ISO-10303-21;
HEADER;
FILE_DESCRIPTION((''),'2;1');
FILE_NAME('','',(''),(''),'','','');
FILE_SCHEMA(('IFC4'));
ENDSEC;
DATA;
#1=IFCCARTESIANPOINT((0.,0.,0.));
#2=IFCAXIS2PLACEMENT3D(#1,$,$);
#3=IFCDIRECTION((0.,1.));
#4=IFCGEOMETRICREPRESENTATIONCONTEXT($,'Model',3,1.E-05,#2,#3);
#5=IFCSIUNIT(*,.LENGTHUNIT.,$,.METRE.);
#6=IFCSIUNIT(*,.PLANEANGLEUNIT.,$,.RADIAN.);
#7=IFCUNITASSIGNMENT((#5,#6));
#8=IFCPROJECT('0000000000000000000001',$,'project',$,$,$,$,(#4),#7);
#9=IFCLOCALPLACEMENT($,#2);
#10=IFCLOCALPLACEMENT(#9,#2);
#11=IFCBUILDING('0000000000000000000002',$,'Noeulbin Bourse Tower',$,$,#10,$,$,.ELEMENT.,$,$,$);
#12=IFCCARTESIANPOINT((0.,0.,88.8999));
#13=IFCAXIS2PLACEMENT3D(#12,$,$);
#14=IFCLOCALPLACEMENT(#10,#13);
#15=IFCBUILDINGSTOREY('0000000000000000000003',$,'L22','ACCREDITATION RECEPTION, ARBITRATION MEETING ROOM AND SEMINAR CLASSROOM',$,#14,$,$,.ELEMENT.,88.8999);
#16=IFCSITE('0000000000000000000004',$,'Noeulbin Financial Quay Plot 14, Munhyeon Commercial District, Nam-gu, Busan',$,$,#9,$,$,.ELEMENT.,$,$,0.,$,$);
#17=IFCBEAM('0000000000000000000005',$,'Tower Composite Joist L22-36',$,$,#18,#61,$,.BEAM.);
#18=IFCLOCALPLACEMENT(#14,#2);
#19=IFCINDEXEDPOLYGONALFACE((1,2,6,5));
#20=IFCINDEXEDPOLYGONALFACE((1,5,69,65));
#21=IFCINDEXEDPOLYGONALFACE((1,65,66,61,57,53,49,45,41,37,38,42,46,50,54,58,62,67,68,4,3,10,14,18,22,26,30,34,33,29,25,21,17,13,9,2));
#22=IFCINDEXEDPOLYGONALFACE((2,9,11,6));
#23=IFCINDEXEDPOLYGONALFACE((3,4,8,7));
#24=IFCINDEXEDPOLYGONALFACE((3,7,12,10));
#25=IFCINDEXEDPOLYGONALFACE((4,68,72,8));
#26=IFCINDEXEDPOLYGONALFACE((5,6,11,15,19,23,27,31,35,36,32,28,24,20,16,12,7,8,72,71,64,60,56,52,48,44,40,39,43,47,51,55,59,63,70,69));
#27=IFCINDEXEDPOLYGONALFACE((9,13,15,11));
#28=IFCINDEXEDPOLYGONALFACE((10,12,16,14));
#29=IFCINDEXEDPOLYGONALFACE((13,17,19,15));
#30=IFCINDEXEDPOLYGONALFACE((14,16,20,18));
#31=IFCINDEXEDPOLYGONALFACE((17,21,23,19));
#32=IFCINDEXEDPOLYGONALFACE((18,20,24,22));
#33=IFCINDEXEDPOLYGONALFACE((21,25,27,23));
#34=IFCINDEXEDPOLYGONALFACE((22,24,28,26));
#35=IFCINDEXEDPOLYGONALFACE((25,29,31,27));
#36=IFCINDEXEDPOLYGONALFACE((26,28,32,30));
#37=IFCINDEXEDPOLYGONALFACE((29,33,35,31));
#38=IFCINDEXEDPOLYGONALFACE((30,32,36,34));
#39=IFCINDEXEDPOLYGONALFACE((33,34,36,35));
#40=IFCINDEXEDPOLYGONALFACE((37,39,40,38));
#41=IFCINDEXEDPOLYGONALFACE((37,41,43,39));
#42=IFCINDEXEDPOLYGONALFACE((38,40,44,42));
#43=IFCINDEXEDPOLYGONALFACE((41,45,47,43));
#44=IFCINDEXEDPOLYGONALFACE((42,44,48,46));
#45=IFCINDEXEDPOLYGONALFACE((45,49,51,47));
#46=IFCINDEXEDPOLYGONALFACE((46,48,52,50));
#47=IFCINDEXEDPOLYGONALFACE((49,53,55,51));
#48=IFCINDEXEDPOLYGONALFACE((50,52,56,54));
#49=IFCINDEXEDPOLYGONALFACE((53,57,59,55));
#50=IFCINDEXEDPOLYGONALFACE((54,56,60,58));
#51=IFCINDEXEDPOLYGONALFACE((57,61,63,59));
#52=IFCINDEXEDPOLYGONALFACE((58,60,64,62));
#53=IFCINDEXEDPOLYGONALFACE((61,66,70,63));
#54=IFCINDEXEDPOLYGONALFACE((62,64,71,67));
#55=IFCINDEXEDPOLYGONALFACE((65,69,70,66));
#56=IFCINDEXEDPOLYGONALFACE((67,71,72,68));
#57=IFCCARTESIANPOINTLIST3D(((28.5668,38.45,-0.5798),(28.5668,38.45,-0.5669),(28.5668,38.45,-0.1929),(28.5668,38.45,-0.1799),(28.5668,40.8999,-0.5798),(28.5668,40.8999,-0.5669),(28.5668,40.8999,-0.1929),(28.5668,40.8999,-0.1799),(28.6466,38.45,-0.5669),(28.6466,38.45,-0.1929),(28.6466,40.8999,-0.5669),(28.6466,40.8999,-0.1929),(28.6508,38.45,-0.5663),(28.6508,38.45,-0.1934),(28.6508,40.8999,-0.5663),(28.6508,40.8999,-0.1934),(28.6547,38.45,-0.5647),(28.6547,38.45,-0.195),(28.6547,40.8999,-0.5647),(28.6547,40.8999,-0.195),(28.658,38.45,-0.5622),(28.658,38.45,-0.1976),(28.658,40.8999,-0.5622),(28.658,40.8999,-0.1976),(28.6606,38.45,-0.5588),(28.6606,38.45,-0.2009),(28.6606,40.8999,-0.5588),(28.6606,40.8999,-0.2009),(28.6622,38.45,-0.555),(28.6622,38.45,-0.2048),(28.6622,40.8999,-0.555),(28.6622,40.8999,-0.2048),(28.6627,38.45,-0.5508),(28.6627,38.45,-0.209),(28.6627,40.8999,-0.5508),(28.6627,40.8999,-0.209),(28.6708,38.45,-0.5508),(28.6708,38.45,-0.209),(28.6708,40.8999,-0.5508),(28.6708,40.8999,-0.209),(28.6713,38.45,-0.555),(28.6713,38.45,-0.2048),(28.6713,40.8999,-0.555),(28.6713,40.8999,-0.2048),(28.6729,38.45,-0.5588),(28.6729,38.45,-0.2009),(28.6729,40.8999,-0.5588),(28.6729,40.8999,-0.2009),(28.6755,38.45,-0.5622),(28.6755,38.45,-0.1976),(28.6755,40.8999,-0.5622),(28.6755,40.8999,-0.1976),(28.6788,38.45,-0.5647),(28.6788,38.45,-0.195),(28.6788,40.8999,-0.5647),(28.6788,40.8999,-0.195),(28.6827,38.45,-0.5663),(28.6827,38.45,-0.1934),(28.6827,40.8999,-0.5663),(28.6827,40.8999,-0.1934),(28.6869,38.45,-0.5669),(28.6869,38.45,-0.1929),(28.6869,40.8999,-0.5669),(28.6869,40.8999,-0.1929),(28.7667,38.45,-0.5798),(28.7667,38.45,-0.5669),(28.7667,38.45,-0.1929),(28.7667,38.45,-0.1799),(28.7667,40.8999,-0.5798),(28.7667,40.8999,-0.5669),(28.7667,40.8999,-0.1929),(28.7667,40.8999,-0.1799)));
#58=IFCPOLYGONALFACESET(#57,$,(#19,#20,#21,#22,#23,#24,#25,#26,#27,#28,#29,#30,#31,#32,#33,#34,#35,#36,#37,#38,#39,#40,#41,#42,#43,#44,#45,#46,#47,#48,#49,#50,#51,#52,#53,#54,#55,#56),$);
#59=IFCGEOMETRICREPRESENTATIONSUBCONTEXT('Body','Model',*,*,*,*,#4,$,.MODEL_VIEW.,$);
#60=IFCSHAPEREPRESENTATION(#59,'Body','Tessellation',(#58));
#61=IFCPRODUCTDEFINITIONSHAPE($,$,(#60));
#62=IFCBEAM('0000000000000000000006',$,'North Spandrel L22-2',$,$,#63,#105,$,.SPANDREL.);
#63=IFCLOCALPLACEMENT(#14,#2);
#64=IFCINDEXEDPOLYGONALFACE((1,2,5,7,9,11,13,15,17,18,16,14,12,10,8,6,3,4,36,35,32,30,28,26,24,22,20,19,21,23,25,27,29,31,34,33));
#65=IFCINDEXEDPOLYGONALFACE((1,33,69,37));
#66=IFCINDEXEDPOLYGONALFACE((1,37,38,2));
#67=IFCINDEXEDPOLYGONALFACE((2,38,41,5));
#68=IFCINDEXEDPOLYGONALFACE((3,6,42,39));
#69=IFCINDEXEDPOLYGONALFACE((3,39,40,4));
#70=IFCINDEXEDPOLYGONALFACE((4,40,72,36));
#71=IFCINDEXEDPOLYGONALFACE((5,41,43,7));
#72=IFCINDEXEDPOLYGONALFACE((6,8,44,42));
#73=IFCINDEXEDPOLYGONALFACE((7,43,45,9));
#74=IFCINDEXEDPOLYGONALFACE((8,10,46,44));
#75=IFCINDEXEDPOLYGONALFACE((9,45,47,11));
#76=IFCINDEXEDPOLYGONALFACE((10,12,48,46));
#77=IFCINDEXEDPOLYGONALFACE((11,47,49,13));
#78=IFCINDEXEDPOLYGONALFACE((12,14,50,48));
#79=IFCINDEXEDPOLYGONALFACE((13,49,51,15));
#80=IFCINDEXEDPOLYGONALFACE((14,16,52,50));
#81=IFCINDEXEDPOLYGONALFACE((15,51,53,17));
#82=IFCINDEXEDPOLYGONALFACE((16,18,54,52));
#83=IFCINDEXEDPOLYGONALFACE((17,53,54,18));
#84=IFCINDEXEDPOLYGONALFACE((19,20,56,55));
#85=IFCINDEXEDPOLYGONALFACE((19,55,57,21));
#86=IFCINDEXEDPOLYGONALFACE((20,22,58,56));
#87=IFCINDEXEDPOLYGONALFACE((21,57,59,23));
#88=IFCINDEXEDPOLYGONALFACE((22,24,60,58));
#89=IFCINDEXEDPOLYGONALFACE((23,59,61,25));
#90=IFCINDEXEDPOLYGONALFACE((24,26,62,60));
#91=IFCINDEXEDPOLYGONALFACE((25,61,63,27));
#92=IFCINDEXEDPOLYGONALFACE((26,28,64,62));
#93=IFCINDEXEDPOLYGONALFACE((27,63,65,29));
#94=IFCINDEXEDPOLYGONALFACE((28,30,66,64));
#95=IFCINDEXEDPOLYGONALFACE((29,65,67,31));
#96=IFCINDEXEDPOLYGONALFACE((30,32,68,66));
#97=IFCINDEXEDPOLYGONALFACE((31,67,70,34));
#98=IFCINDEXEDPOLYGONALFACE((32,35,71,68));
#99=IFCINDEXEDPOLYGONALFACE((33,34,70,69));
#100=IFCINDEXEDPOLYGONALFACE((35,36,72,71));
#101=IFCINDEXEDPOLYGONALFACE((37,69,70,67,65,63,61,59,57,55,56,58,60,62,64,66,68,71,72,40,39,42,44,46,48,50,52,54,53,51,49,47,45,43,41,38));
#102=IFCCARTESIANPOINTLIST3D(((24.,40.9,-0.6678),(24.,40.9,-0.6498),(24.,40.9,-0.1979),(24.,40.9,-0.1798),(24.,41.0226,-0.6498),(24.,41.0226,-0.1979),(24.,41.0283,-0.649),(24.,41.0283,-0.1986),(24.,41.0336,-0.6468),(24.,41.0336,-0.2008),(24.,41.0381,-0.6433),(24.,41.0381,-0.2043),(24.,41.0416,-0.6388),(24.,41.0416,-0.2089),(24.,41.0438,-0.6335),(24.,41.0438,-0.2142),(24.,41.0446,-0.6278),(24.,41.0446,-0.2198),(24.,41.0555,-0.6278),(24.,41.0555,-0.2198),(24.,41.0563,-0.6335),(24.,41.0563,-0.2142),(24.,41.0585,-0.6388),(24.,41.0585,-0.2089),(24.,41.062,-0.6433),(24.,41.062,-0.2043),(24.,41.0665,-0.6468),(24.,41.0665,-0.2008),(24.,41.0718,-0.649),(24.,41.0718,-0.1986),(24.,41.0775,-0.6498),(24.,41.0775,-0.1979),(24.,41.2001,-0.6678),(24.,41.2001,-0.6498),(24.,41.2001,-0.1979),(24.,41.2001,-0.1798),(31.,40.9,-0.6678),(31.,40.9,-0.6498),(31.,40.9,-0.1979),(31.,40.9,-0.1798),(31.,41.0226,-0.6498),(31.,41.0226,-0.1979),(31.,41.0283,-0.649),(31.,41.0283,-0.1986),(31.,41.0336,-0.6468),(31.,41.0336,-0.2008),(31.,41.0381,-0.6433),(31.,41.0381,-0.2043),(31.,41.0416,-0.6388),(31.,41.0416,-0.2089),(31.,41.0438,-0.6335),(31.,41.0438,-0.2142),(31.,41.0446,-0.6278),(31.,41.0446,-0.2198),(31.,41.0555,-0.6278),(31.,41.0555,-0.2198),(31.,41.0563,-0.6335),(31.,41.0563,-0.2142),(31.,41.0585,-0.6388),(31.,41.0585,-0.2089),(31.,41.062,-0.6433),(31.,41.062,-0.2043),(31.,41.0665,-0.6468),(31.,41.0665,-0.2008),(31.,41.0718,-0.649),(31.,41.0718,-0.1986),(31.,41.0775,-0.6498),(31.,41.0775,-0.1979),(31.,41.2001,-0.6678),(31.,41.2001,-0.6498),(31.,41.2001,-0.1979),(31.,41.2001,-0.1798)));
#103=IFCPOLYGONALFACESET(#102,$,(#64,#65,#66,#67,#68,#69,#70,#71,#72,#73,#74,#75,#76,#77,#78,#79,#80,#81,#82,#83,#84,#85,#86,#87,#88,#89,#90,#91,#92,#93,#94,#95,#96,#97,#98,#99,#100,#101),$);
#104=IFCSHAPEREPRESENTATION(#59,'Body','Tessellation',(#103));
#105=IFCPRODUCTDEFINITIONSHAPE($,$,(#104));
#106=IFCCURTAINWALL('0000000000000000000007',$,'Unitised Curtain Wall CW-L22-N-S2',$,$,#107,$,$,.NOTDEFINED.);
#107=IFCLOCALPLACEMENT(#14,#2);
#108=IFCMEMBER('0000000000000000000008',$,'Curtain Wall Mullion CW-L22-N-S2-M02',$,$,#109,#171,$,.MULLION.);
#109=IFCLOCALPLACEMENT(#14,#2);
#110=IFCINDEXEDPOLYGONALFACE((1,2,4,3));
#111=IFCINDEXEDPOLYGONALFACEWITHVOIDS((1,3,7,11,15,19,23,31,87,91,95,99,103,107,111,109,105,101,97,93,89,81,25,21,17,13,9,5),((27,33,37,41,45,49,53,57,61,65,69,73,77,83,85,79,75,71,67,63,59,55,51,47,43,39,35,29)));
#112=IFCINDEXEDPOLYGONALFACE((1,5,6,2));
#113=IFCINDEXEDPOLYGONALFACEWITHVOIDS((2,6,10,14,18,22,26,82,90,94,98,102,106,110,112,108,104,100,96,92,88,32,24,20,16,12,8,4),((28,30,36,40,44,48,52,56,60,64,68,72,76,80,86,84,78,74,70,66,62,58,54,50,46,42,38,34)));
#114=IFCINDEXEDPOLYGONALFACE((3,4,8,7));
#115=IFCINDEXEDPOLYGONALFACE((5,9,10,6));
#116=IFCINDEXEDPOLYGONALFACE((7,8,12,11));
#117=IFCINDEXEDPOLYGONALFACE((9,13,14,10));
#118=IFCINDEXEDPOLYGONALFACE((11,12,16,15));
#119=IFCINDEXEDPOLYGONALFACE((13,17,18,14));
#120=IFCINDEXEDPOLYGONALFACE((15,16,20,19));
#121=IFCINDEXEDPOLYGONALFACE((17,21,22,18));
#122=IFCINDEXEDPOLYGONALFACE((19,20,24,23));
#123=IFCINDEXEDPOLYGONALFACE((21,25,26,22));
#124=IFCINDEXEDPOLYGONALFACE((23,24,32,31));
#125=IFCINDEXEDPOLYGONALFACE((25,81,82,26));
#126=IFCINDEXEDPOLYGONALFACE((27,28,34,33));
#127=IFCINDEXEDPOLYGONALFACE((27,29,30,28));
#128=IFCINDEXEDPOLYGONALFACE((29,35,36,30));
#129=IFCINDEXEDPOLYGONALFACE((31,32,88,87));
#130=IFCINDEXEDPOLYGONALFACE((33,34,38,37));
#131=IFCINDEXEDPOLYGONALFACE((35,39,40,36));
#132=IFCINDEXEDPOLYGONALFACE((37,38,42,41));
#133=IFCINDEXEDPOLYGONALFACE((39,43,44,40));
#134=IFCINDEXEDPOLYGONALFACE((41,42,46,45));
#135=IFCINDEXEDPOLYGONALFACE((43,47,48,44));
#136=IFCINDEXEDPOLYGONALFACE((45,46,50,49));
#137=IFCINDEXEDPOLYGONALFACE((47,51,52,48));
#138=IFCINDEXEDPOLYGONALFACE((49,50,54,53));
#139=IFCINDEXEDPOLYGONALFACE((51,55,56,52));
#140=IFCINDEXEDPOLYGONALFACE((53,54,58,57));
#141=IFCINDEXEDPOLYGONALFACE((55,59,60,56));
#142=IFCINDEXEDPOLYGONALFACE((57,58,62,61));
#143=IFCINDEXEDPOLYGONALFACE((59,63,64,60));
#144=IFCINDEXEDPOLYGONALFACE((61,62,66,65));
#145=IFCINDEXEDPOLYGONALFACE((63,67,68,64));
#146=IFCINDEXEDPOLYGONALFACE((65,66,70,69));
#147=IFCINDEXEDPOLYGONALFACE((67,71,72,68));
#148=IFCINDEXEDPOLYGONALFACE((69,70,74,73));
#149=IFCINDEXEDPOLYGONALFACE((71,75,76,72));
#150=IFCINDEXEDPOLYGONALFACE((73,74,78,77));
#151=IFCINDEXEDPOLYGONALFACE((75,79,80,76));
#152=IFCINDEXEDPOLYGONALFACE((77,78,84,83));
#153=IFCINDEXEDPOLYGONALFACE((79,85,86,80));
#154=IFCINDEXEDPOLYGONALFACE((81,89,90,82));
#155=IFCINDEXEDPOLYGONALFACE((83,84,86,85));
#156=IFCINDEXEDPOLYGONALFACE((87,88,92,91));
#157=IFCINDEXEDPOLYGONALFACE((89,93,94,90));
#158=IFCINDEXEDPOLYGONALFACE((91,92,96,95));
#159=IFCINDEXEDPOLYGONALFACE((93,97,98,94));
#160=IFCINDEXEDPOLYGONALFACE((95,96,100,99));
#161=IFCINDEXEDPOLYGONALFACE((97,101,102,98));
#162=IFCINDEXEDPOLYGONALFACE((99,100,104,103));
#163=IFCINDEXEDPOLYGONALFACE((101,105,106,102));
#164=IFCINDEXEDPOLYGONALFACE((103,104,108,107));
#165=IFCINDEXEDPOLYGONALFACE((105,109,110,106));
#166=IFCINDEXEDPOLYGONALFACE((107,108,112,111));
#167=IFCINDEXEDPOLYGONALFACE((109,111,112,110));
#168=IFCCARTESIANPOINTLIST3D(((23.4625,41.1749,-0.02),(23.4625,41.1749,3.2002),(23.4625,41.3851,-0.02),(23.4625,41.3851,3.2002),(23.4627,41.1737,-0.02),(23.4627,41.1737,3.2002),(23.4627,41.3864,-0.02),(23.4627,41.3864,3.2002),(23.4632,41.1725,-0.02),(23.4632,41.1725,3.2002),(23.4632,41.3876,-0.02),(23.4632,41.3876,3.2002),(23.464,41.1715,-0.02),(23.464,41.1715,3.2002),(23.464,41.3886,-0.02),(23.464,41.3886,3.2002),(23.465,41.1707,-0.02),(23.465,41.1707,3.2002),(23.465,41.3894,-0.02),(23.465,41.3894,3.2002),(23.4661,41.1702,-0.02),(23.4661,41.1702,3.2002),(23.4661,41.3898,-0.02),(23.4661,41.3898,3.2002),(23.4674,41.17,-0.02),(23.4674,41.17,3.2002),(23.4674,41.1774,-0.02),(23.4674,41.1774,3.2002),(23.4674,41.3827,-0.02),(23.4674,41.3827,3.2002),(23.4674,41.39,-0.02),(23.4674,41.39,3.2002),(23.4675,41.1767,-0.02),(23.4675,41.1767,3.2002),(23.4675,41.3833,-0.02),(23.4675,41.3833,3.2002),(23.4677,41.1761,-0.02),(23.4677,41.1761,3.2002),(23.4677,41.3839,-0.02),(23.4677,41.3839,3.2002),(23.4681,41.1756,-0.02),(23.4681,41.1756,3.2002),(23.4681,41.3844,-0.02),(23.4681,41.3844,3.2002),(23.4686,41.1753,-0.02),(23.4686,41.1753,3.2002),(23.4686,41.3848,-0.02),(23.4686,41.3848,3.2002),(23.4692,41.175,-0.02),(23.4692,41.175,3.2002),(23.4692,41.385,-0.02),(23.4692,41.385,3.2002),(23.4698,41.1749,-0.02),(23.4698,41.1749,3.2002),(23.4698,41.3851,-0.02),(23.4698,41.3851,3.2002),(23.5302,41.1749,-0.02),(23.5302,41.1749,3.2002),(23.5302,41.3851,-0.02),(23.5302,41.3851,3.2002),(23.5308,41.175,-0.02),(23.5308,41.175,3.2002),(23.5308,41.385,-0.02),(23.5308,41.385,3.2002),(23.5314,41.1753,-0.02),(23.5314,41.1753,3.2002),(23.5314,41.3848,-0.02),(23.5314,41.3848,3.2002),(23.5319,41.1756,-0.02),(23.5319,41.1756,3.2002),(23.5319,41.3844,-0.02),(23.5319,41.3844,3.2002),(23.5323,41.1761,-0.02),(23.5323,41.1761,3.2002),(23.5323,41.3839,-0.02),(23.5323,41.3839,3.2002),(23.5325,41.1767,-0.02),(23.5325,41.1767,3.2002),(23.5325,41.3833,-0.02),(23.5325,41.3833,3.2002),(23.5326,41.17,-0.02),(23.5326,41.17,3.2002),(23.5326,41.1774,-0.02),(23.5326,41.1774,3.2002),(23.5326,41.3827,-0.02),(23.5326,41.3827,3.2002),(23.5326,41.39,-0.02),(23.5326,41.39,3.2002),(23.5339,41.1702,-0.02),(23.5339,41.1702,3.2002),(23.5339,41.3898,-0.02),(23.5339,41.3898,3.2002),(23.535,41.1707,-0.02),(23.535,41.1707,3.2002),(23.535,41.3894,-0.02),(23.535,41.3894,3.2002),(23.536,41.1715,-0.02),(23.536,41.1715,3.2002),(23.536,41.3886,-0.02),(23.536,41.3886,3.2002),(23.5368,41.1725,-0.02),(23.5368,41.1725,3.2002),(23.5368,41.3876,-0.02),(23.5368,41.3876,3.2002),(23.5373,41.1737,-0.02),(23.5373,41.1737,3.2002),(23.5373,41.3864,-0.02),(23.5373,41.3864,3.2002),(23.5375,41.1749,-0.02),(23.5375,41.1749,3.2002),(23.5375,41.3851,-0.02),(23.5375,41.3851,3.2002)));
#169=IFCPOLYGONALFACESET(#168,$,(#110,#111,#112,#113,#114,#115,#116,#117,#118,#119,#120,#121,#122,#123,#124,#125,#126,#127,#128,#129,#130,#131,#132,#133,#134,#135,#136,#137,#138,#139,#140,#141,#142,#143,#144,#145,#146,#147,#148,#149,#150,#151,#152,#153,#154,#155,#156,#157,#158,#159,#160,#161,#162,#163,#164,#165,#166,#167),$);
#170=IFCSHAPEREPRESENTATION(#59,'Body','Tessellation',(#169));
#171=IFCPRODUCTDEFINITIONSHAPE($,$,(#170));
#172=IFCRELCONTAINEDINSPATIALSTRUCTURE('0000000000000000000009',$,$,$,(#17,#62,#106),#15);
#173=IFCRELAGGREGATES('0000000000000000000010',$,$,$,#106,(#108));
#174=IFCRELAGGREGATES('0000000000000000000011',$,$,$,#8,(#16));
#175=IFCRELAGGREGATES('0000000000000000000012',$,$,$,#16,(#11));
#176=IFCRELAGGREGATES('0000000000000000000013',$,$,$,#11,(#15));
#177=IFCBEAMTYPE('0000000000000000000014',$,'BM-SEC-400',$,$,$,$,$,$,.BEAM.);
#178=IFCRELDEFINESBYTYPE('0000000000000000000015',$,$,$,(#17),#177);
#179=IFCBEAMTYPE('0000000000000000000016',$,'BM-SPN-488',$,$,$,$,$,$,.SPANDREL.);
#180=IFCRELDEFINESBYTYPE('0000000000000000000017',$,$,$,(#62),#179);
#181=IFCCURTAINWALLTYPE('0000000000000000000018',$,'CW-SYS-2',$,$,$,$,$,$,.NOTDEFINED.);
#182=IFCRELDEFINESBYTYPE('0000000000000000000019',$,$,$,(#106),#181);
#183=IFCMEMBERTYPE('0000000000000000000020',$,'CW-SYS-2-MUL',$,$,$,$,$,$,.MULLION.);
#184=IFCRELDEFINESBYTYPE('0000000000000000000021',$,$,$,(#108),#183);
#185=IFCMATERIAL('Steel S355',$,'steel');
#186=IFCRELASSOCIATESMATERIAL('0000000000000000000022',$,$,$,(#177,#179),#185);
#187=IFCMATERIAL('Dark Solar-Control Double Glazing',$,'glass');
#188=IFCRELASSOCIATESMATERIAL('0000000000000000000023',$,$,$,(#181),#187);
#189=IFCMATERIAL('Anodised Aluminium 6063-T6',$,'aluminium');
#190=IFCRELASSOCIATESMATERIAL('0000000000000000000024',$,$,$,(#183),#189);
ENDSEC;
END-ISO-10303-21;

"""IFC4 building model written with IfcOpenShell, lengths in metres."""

from ifc_helpers import new_model, si_unit, direction, frame, origin, origin_2d, place, context, subcontext, project, spatial, hollow_rectangle, i_section, extrude, material, material_profile, profile_set, type_object, element, aggregate, save


model = new_model("IFC4")

# Units and contexts
model_context = context("Model", 3, precision=1e-05, world=origin(), true_north=direction((0.0, 1.0)))
body_context = subcontext(model_context, "Body", "Model", "MODEL_VIEW")
ifc_project = project(units=[si_unit("LENGTHUNIT", "METRE"), si_unit("PLANEANGLEUNIT", "RADIAN")], contexts=[model_context])

# Site, building, storey
site_placement = place(None, origin())
site = spatial("IfcSite", under=ifc_project, at=site_placement, Name="Noeulbin Financial Quay Plot 14, Munhyeon Commercial District, Nam-gu, Busan", CompositionType="ELEMENT", RefElevation=0.0)
building_placement = place(site_placement, origin())
building = spatial("IfcBuilding", under=site, at=building_placement, Name="Noeulbin Bourse Tower", CompositionType="ELEMENT")
storey_placement = place(building_placement, frame((0.0, 0.0, 88.8999)))
storey = spatial("IfcBuildingStorey", under=building, at=storey_placement, Name="L22", Description="ACCREDITATION RECEPTION, ARBITRATION MEETING ROOM AND SEMINAR CLASSROOM", CompositionType="ELEMENT", Elevation=88.8999)

# Beams
ifc_material_1 = material(Name="Steel S355", Category="steel")
ifc_material_profile_1 = material_profile(ifc_material_1, i_section(OverallWidth=0.2, OverallDepth=0.3999, WebThickness=0.0081, FlangeThickness=0.0129, FilletRadius=0.0161, at=origin_2d()), Name="H-400x200x8x13", Category="LoadBearing")
ifc_profile_set_1 = profile_set([ifc_material_profile_1], Name="Steel S355")
beam_type_1 = type_object("IfcBeamType", Name="BM-SEC-400", PredefinedType="BEAM", material=ifc_profile_set_1)
for number, where, z_axis, x_axis, name in (
    (1, (28.6667, 38.45, -0.3799), (0.0, 1.0, 0.0), (-1.0, 0.0, 0.0), "Tower Composite Joist L22-36"),
):
    element("IfcBeam", number, at=place(storey_placement, frame(where, z_axis=z_axis, x_axis=x_axis)), inside=storey, type_object=beam_type_1, Name=name, PredefinedType="BEAM", context=body_context, shape_type="SweptSolid", body=[
        extrude(i_section(OverallWidth=0.2, OverallDepth=0.3999, WebThickness=0.0081, FlangeThickness=0.0129, FilletRadius=0.0161, at=origin_2d()), origin(), (0.0, 0.0, 1.0), 2.45),
    ])
ifc_material_profile_2 = material_profile(ifc_material_1, i_section(OverallWidth=0.3, OverallDepth=0.488, WebThickness=0.011, FlangeThickness=0.0181, FilletRadius=0.022, at=origin_2d()), Name="H-488x300x11x18", Category="LoadBearing")
ifc_profile_set_2 = profile_set([ifc_material_profile_2], Name="Steel S355")
beam_type_2 = type_object("IfcBeamType", Name="BM-SPN-488", PredefinedType="SPANDREL", material=ifc_profile_set_2)
beam_1_placement = place(storey_placement, frame((24.0, 41.05, -0.4238), z_axis=(1.0, 0.0, 0.0), x_axis=(0.0, 1.0, 0.0)))
element("IfcBeam", 2, at=beam_1_placement, inside=storey, type_object=beam_type_2, Name="North Spandrel L22-2", PredefinedType="SPANDREL", context=body_context, shape_type="SweptSolid", body=[
    extrude(i_section(OverallWidth=0.3, OverallDepth=0.488, WebThickness=0.011, FlangeThickness=0.0181, FilletRadius=0.022, at=origin_2d()), origin(), (0.0, 0.0, 1.0), 7.0),
])

# Curtain wall, member
ifc_material_2 = material(Name="Dark Solar-Control Double Glazing", Category="glass")
curtain_wall_type = type_object("IfcCurtainWallType", Name="CW-SYS-2", PredefinedType="NOTDEFINED", material=ifc_material_2)
curtain_wall_1_placement = place(storey_placement, origin())
curtain_wall_1 = element("IfcCurtainWall", 3, at=curtain_wall_1_placement, inside=storey, type_object=curtain_wall_type, Name="Unitised Curtain Wall CW-L22-N-S2", PredefinedType="NOTDEFINED")
ifc_material_3 = material(Name="Anodised Aluminium 6063-T6", Category="aluminium")
ifc_material_profile_3 = material_profile(ifc_material_3, hollow_rectangle(XDim=0.075, YDim=0.22, WallThickness=0.0049, InnerFilletRadius=0.0024, OuterFilletRadius=0.0049, at=origin_2d()), Name="ALU-MULL-75x220x5", Category="LoadBearing")
ifc_profile_set_3 = profile_set([ifc_material_profile_3], Name="Anodised Aluminium 6063-T6")
member_type_1 = type_object("IfcMemberType", Name="CW-SYS-2-MUL", PredefinedType="MULLION", material=ifc_profile_set_3)
member_1_placement = place(storey_placement, frame((23.5, 41.28, -0.02), z_axis=(0.0, 0.0, 1.0), x_axis=(1.0, 0.0, 0.0)))
member_1 = element("IfcMember", 4, at=member_1_placement, type_object=member_type_1, Name="Curtain Wall Mullion CW-L22-N-S2-M02", PredefinedType="MULLION", context=body_context, shape_type="SweptSolid", body=[
    extrude(hollow_rectangle(XDim=0.075, YDim=0.22, WallThickness=0.0049, InnerFilletRadius=0.0024, OuterFilletRadius=0.0049, at=origin_2d()), origin(), (0.0, 0.0, 1.0), 3.2202),
])

aggregate(curtain_wall_1, [member_1])

save(model, "model.ifc")
